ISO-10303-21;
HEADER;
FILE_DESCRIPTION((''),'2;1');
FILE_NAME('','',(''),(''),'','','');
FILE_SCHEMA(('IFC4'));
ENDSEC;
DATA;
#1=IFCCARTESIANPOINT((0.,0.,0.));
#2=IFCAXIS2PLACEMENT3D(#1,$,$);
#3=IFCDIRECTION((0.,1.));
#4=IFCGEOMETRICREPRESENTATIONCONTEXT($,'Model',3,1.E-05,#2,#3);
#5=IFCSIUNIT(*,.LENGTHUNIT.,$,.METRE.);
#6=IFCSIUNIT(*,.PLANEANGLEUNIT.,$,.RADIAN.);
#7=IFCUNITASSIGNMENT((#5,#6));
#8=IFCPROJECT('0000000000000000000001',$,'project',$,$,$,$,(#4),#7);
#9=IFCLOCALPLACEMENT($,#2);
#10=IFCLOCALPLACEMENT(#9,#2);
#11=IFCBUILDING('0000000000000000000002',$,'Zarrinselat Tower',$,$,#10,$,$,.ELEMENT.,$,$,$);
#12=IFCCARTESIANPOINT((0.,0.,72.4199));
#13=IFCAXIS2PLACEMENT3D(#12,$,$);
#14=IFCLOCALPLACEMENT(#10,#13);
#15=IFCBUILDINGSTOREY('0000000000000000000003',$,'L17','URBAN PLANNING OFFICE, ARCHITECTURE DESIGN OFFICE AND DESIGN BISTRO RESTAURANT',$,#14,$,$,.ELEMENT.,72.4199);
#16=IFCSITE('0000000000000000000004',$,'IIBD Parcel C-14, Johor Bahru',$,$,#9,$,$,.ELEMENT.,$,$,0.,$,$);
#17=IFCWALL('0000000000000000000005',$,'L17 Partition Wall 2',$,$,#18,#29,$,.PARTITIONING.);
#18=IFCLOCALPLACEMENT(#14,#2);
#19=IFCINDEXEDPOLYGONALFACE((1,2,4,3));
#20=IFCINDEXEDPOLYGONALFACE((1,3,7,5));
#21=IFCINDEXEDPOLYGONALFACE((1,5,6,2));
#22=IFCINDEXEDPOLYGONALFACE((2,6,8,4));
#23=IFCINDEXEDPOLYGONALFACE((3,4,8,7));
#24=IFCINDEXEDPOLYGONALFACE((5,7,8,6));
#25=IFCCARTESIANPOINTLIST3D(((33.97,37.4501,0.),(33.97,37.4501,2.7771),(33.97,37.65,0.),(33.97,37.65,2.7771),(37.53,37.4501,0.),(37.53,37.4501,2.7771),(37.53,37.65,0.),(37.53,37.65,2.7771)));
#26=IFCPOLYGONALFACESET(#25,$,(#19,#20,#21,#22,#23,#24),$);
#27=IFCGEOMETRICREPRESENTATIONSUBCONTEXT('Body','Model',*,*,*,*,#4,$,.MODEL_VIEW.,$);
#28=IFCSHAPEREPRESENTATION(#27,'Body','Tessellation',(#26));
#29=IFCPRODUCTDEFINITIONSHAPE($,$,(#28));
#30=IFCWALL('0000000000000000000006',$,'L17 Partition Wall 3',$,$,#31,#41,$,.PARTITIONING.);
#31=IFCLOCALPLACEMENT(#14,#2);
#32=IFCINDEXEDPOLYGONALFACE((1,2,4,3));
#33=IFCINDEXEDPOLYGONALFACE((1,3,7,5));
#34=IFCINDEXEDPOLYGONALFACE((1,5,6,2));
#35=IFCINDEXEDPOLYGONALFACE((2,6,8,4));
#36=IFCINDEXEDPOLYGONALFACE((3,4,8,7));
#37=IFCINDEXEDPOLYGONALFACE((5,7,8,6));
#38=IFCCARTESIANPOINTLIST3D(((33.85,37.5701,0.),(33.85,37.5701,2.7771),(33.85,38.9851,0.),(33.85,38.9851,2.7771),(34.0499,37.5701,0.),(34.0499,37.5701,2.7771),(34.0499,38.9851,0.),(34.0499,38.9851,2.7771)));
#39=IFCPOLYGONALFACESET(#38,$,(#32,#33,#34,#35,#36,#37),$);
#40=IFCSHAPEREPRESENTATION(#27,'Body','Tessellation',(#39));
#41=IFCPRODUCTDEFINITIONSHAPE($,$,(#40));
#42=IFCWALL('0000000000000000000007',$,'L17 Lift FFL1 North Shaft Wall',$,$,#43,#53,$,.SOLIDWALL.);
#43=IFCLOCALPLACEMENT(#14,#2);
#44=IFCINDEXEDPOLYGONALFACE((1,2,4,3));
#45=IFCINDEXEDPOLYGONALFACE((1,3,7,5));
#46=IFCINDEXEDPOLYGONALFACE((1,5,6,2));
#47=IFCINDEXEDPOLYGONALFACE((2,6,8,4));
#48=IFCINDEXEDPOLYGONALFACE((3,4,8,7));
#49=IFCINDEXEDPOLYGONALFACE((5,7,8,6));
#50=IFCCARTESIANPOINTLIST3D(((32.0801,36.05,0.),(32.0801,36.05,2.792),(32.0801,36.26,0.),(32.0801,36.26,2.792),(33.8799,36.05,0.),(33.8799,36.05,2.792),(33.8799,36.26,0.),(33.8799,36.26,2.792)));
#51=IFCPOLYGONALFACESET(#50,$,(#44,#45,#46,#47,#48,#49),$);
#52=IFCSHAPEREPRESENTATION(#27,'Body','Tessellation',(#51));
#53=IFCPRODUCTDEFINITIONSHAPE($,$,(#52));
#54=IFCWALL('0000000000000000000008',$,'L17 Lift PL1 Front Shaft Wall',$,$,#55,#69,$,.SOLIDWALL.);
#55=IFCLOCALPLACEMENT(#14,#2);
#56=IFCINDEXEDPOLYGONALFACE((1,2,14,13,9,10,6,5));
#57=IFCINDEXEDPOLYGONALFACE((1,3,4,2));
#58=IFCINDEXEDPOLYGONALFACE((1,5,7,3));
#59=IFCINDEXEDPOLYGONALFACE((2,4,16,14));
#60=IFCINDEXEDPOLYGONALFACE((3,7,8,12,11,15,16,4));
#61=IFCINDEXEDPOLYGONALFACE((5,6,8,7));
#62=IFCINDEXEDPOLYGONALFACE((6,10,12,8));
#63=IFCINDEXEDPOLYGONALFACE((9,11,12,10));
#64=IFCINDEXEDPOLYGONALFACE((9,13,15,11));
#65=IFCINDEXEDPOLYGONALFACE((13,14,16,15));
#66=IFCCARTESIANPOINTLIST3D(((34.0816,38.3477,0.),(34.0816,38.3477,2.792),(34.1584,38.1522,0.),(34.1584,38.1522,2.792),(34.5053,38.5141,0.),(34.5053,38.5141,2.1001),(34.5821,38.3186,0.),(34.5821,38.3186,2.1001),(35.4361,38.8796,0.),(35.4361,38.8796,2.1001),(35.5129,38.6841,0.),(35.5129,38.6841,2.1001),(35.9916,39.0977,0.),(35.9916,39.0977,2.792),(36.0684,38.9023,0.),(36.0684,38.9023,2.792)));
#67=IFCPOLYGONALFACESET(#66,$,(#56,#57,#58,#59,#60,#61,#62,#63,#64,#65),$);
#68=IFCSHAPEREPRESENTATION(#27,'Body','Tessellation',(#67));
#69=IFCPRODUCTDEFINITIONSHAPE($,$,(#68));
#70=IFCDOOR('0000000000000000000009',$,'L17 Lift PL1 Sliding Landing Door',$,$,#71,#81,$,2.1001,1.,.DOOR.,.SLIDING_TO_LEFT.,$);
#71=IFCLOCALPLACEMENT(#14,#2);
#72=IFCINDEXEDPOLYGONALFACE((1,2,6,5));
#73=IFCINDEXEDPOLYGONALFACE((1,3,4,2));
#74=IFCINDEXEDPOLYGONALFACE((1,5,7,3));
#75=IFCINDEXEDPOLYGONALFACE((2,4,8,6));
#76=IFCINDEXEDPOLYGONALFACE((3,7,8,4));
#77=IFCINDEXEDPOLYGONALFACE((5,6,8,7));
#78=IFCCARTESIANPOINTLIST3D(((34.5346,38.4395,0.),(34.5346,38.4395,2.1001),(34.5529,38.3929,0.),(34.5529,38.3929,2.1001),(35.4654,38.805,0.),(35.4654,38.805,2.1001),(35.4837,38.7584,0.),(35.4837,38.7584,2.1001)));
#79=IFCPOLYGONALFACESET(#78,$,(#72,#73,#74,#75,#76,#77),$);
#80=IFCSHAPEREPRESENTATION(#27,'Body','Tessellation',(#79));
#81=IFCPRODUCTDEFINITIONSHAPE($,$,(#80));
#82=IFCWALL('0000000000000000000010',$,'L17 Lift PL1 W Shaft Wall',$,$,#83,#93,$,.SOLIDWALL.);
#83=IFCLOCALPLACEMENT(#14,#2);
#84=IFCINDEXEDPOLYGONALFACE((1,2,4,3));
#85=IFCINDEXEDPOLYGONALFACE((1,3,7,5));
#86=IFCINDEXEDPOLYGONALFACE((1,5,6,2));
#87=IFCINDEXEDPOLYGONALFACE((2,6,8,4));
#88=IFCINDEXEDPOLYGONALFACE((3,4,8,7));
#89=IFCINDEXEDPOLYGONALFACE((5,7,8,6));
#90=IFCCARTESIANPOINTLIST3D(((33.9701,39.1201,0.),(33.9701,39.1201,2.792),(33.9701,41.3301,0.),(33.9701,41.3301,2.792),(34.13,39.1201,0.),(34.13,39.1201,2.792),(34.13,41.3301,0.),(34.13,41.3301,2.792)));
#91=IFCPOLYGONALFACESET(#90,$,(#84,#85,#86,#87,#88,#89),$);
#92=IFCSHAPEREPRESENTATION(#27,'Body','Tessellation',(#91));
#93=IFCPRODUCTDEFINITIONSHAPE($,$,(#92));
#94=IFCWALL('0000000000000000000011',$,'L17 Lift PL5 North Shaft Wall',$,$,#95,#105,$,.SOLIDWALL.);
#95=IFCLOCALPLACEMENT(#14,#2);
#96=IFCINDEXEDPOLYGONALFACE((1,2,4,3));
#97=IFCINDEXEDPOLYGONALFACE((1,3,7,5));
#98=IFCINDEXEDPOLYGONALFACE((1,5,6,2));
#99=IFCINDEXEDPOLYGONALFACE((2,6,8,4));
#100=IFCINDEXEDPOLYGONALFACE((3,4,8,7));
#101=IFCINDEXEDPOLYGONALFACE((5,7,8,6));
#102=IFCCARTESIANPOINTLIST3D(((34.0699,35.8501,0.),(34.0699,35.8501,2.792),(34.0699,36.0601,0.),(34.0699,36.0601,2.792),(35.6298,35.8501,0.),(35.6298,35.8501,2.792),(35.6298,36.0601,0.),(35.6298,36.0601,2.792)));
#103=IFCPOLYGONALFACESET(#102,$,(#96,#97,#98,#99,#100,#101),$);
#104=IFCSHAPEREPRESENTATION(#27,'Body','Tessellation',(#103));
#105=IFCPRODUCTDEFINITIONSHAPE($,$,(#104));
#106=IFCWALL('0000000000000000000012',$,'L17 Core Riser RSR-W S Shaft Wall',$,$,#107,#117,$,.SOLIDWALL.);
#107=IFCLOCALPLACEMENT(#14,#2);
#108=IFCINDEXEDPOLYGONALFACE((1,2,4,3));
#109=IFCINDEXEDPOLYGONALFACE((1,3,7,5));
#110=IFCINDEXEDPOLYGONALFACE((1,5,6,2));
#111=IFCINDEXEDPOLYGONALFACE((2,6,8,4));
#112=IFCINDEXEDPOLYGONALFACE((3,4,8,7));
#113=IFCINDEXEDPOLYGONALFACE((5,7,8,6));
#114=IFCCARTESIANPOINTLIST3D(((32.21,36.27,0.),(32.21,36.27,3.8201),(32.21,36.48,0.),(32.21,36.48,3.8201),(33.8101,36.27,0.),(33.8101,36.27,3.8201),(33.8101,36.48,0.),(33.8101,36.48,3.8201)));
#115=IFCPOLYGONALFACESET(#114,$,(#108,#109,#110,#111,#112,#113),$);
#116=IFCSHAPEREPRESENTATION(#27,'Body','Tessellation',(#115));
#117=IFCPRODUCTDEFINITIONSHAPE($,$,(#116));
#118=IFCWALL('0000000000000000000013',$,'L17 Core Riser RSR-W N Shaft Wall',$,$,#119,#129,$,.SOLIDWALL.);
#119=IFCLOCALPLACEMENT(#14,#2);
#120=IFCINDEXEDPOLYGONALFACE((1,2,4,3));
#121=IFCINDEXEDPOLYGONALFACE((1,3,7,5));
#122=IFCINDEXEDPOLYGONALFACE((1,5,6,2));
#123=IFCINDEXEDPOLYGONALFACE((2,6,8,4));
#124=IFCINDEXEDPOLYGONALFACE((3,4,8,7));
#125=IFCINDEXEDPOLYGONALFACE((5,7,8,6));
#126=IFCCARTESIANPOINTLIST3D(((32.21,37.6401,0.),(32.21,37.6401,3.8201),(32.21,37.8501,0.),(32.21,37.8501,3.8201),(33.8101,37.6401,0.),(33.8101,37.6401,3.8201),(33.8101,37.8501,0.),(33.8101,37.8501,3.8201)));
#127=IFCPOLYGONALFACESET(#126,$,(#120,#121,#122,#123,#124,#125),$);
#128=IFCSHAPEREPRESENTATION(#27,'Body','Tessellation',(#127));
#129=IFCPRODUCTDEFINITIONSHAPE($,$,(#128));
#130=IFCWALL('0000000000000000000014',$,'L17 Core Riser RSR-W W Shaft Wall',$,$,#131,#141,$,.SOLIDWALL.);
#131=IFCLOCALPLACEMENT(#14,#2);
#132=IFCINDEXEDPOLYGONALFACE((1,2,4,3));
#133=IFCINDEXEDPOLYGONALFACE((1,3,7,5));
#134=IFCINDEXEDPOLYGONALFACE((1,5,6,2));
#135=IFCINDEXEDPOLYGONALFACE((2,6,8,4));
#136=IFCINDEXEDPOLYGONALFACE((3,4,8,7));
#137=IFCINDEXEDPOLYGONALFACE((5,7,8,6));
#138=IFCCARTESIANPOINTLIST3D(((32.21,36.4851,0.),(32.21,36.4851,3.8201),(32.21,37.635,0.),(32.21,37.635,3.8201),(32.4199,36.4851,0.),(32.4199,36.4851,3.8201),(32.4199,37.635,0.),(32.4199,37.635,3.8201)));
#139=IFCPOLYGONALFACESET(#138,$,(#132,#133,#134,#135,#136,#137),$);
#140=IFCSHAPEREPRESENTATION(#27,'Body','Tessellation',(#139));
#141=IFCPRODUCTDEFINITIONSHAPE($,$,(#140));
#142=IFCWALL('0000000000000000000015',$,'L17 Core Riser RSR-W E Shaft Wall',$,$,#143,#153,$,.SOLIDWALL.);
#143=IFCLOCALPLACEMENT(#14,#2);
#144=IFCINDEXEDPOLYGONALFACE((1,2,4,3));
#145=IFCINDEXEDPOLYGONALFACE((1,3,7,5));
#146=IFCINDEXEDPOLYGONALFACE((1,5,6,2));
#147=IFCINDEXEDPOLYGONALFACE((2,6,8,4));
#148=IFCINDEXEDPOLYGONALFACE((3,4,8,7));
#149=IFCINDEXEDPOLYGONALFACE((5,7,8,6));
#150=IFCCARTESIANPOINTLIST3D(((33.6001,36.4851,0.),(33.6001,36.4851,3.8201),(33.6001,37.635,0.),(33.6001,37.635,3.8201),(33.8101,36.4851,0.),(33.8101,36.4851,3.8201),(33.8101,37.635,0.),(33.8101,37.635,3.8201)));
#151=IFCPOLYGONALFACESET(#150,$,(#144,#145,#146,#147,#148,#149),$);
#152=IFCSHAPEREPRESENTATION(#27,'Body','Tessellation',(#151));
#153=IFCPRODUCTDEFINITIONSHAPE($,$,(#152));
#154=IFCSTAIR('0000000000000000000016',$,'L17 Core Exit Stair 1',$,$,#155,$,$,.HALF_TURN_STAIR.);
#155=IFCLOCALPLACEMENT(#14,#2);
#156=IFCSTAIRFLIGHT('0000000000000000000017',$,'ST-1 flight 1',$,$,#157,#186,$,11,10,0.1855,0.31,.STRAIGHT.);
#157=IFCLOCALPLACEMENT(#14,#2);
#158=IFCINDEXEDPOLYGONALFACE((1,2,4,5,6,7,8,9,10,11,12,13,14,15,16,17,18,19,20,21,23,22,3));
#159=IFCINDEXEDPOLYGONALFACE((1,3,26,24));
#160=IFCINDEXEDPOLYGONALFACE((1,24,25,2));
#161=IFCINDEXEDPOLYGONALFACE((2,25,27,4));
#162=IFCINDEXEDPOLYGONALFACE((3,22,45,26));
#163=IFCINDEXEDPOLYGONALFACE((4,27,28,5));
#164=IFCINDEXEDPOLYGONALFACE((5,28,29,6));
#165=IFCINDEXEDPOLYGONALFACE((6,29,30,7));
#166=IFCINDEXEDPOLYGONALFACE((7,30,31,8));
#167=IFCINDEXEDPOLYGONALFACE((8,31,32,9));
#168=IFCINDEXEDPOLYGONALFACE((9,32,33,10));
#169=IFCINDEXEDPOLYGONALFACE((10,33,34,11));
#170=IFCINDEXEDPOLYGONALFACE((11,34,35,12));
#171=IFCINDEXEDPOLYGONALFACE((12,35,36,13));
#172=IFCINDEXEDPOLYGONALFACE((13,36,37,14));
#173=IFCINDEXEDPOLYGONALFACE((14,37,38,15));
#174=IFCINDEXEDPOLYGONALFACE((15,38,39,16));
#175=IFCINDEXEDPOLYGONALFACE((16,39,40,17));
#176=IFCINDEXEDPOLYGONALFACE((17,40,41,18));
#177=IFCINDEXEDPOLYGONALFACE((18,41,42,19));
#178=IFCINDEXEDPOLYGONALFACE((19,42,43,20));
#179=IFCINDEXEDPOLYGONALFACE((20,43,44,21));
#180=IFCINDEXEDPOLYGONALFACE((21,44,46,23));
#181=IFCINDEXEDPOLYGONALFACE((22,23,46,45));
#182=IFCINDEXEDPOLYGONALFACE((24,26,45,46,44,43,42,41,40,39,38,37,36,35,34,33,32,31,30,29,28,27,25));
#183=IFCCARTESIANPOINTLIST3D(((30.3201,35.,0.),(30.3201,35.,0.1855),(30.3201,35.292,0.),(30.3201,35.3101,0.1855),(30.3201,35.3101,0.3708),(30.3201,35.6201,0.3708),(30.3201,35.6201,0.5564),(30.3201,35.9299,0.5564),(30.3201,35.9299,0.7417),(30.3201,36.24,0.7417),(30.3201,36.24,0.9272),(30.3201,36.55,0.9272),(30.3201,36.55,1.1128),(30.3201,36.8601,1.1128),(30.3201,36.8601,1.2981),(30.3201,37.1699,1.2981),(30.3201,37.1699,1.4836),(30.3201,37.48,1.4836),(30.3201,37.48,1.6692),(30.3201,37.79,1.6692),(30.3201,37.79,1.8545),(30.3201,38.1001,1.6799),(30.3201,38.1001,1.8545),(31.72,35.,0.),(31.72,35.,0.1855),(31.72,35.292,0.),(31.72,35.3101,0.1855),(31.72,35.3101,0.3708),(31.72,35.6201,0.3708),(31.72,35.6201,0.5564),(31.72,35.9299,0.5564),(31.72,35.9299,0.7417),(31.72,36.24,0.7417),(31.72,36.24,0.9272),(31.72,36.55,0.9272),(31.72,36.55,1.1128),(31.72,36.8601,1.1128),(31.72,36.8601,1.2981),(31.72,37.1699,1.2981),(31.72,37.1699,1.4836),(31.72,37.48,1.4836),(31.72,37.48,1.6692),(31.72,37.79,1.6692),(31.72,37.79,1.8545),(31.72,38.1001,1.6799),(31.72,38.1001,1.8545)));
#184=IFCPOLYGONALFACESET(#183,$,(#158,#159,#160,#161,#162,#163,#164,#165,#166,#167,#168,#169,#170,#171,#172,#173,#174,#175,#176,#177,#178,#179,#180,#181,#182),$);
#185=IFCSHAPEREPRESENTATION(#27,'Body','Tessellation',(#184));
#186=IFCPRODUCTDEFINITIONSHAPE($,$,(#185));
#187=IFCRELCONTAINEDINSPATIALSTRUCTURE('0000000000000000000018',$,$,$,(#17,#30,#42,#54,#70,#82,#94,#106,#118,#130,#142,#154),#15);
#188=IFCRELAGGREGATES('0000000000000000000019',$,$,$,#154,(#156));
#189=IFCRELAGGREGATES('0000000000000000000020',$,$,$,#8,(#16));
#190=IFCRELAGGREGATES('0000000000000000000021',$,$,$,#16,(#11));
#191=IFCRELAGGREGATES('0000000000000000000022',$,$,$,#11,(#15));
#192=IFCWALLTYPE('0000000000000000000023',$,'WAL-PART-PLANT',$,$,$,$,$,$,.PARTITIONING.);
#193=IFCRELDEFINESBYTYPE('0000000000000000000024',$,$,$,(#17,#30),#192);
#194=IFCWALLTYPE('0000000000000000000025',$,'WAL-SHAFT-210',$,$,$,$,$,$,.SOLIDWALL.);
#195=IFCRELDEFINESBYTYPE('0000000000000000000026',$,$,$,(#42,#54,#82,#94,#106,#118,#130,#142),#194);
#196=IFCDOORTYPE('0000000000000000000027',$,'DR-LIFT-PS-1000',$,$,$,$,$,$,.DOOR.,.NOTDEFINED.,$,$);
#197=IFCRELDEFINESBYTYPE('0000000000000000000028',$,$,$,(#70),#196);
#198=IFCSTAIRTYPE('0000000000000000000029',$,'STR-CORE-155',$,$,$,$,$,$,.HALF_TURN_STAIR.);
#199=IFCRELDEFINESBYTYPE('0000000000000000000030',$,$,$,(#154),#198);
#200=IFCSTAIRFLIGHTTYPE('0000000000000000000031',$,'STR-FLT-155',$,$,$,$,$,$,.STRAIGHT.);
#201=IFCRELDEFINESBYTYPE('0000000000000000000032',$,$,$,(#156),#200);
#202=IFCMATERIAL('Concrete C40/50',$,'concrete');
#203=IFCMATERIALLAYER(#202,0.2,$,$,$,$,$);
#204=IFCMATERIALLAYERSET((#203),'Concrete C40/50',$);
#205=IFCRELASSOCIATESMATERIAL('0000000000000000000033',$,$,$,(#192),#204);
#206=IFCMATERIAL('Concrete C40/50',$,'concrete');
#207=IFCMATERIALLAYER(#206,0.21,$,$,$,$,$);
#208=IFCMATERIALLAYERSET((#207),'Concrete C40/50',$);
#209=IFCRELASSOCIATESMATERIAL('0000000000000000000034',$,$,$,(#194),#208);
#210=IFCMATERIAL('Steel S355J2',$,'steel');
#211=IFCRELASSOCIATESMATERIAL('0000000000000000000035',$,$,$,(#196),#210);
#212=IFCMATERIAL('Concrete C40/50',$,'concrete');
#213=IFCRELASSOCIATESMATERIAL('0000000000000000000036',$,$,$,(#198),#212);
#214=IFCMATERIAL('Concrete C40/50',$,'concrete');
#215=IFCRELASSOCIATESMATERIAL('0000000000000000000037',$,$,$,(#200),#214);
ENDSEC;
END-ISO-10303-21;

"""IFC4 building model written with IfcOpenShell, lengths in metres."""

from ifc_helpers import new_model, si_unit, direction, frame, frame_2d, origin, place, context, subcontext, project, spatial, polyline, rectangle, outline, extrude, material, layer, layer_set, type_object, element, fill, aggregate, save


model = new_model("IFC4")

# Units and contexts
model_context = context("Model", 3, precision=1e-05, world=origin(), true_north=direction((0.0, 1.0)))
body_context = subcontext(model_context, "Body", "Model", "MODEL_VIEW")
ifc_project = project(units=[si_unit("LENGTHUNIT", "METRE"), si_unit("PLANEANGLEUNIT", "RADIAN")], contexts=[model_context])

# Site, building, storey
site_placement = place(None, origin())
site = spatial("IfcSite", under=ifc_project, at=site_placement, Name="IIBD Parcel C-14, Johor Bahru", CompositionType="ELEMENT", RefElevation=0.0)
building_placement = place(site_placement, origin())
building = spatial("IfcBuilding", under=site, at=building_placement, Name="Zarrinselat Tower", CompositionType="ELEMENT")
storey_placement = place(building_placement, frame((0.0, 0.0, 72.4199)))
storey = spatial("IfcBuildingStorey", under=building, at=storey_placement, Name="L17", Description="URBAN PLANNING OFFICE, ARCHITECTURE DESIGN OFFICE AND DESIGN BISTRO RESTAURANT", CompositionType="ELEMENT", Elevation=72.4199)

# Walls
ifc_material_1 = material(Name="Concrete C40/50", Category="concrete")
ifc_layer_1 = layer(ifc_material_1, 0.2)
ifc_layer_set_1 = layer_set([ifc_layer_1], Name="Concrete C40/50")
wall_type_1 = type_object("IfcWallType", Name="WAL-PART-PLANT", PredefinedType="PARTITIONING", material=ifc_layer_set_1)
wall_1_placement = place(storey_placement, frame((33.97, 37.55, 0.0), z_axis=(0.0, 0.0, 1.0), x_axis=(1.0, 0.0, 0.0)))
element("IfcWall", 1, at=wall_1_placement, inside=storey, type_object=wall_type_1, Name="L17 Partition Wall 2", PredefinedType="PARTITIONING", context=body_context, shape_type="SweptSolid", body=[
    extrude(rectangle(XDim=3.5601, YDim=0.2, at=frame_2d((1.78, 0.0))), origin(), (0.0, 0.0, 1.0), 2.7771),
])
wall_2_placement = place(storey_placement, frame((33.95, 37.5701, 0.0), z_axis=(0.0, 0.0, 1.0), x_axis=(0.0, 1.0, 0.0)))
element("IfcWall", 2, at=wall_2_placement, inside=storey, type_object=wall_type_1, Name="L17 Partition Wall 3", PredefinedType="PARTITIONING", context=body_context, shape_type="SweptSolid", body=[
    extrude(rectangle(XDim=1.415, YDim=0.2, at=frame_2d((0.7075, 0.0))), origin(), (0.0, 0.0, 1.0), 2.7771),
])
ifc_material_2 = material(Name="Concrete C40/50", Category="concrete")
ifc_layer_2 = layer(ifc_material_2, 0.21)
ifc_layer_set_2 = layer_set([ifc_layer_2], Name="Concrete C40/50")
wall_type_2 = type_object("IfcWallType", Name="WAL-SHAFT-210", PredefinedType="SOLIDWALL", material=ifc_layer_set_2)
wall_3_placement = place(storey_placement, frame((32.0801, 36.155, 0.0), z_axis=(0.0, 0.0, 1.0), x_axis=(1.0, 0.0, 0.0)))
element("IfcWall", 3, at=wall_3_placement, inside=storey, type_object=wall_type_2, Name="L17 Lift FFL1 North Shaft Wall", PredefinedType="SOLIDWALL", context=body_context, shape_type="SweptSolid", body=[
    extrude(rectangle(XDim=1.7998, YDim=0.21, at=frame_2d((0.8999, 0.0))), origin(), (0.0, 0.0, 1.0), 2.792),
])

# Wall, opening, door
wall_4_placement = place(storey_placement, frame((34.1201, 38.25, 0.0), z_axis=(0.0, 0.0, 1.0), x_axis=(0.930805, 0.365516, 0.0)))
wall_4 = element("IfcWall", 4, at=wall_4_placement, inside=storey, type_object=wall_type_2, Name="L17 Lift PL1 Front Shaft Wall", PredefinedType="SOLIDWALL", context=body_context, shape_type="SweptSolid", body=[
    extrude(rectangle(XDim=2.052, YDim=0.21, at=frame_2d((1.0259, 0.0))), origin(), (0.0, 0.0, 1.0), 2.792),
])
opening_placement = place(wall_4_placement, frame((0.4551, 0.0, 0.0)))
opening = element("IfcOpeningElement", 5, at=opening_placement, cuts=wall_4, PredefinedType="OPENING", context=body_context, shape_type="SweptSolid", body=[
    extrude(rectangle(XDim=1.0, YDim=2.1001, at=frame_2d((0.5, 1.05))), frame((0.0, 0.115, 0.0), z_axis=(0.0, -1.0, 0.0), x_axis=(1.0, 0.0, 0.0)), (0.0, 0.0, 1.0), 0.23),
])
ifc_material_3 = material(Name="Steel S355J2", Category="steel")
door_type = type_object("IfcDoorType", Name="DR-LIFT-PS-1000", OperationType="NOTDEFINED", PredefinedType="DOOR", material=ifc_material_3)
door_placement = place(opening_placement, origin())
door = element("IfcDoor", 6, at=door_placement, inside=storey, type_object=door_type, Name="L17 Lift PL1 Sliding Landing Door", OperationType="SLIDING_TO_LEFT", OverallHeight=2.1001, OverallWidth=1.0, PredefinedType="DOOR", context=body_context, shape_type="SweptSolid", body=[
    extrude(rectangle(XDim=1.0, YDim=2.1001, at=frame_2d((0.5, 1.05))), frame((0.0, 0.0249, 0.0), z_axis=(0.0, -1.0, 0.0), x_axis=(1.0, 0.0, 0.0)), (0.0, 0.0, 1.0), 0.05),
])
fill(opening, door)

# Walls
wall_5_placement = place(storey_placement, frame((34.05, 39.1201, 0.0), z_axis=(0.0, 0.0, 1.0), x_axis=(0.0, 1.0, 0.0)))
element("IfcWall", 7, at=wall_5_placement, inside=storey, type_object=wall_type_2, Name="L17 Lift PL1 W Shaft Wall", PredefinedType="SOLIDWALL", context=body_context, shape_type="SweptSolid", body=[
    extrude(rectangle(XDim=2.21, YDim=0.1599, at=frame_2d((1.105, 0.0))), origin(), (0.0, 0.0, 1.0), 2.792),
])
wall_6_placement = place(storey_placement, frame((34.0701, 35.9551, 0.0), z_axis=(0.0, 0.0, 1.0), x_axis=(1.0, 0.0, 0.0)))
element("IfcWall", 8, at=wall_6_placement, inside=storey, type_object=wall_type_2, Name="L17 Lift PL5 North Shaft Wall", PredefinedType="SOLIDWALL", context=body_context, shape_type="SweptSolid", body=[
    extrude(rectangle(XDim=1.5598, YDim=0.21, at=frame_2d((0.7798, 0.0))), origin(), (0.0, 0.0, 1.0), 2.792),
])
for number, where, z_axis, x_axis, name in (
    (9, (32.21, 36.375, 0.0), (0.0, 0.0, 1.0), (1.0, 0.0, 0.0), "L17 Core Riser RSR-W S Shaft Wall"),
    (10, (32.21, 37.7451, 0.0), (0.0, 0.0, 1.0), (1.0, 0.0, 0.0), "L17 Core Riser RSR-W N Shaft Wall"),
):
    element("IfcWall", number, at=place(storey_placement, frame(where, z_axis=z_axis, x_axis=x_axis)), inside=storey, type_object=wall_type_2, Name=name, PredefinedType="SOLIDWALL", context=body_context, shape_type="SweptSolid", body=[
        extrude(rectangle(XDim=1.6001, YDim=0.21, at=frame_2d((0.8, 0.0))), origin(), (0.0, 0.0, 1.0), 3.8201),
    ])
for number, where, z_axis, x_axis, name in (
    (11, (32.3149, 36.4851, 0.0), (0.0, 0.0, 1.0), (0.0, 1.0, 0.0), "L17 Core Riser RSR-W W Shaft Wall"),
    (12, (33.7051, 36.4851, 0.0), (0.0, 0.0, 1.0), (0.0, 1.0, 0.0), "L17 Core Riser RSR-W E Shaft Wall"),
):
    element("IfcWall", number, at=place(storey_placement, frame(where, z_axis=z_axis, x_axis=x_axis)), inside=storey, type_object=wall_type_2, Name=name, PredefinedType="SOLIDWALL", context=body_context, shape_type="SweptSolid", body=[
        extrude(rectangle(XDim=1.1499, YDim=0.21, at=frame_2d((0.575, 0.0))), origin(), (0.0, 0.0, 1.0), 3.8201),
    ])

# Stair, stair flight
ifc_material_4 = material(Name="Concrete C40/50", Category="concrete")
stair_type = type_object("IfcStairType", Name="STR-CORE-155", PredefinedType="HALF_TURN_STAIR", material=ifc_material_4)
stair_placement = place(storey_placement, origin())
stair = element("IfcStair", 13, at=stair_placement, inside=storey, type_object=stair_type, Name="L17 Core Exit Stair 1", PredefinedType="HALF_TURN_STAIR")
ifc_material_5 = material(Name="Concrete C40/50", Category="concrete")
stair_flight_type = type_object("IfcStairFlightType", Name="STR-FLT-155", PredefinedType="STRAIGHT", material=ifc_material_5)
stair_flight_1_placement = place(storey_placement, frame((31.02, 35.0, 0.0), z_axis=(0.0, 0.0, 1.0), x_axis=(0.0, 1.0, 0.0)))
stair_flight_1 = element("IfcStairFlight", 14, at=stair_flight_1_placement, type_object=stair_flight_type, Name="ST-1 flight 1", NumberOfRisers=11, NumberOfTreads=10, PredefinedType="STRAIGHT", RiserHeight=0.1855, TreadLength=0.31, context=body_context, shape_type="SweptSolid", body=[
    extrude(outline(polyline([(0.0, 0.0), (0.0, 0.1855), (0.3101, 0.1855), (0.3101, 0.3708), (0.6201, 0.3708), (0.6201, 0.5564), (0.9299, 0.5564), (0.9299, 0.7417), (1.24, 0.7417), (1.24, 0.9272), (1.55, 0.9272), (1.55, 1.1128), (1.8601, 1.1128), (1.8601, 1.2981), (2.1699, 1.2981), (2.1699, 1.4836), (2.48, 1.4836), (2.48, 1.6692), (2.79, 1.6692), (2.79, 1.8545), (3.1001, 1.8545), (3.1001, 2.04), (3.1001, 1.6799), (0.292, 0.0), (0.0, 0.0)])), frame((0.0, 0.7, 0.0), z_axis=(0.0, -1.0, 0.0), x_axis=(1.0, 0.0, 0.0)), (0.0, 0.0, 1.0), 1.3999),
])
aggregate(stair, [stair_flight_1])

save(model, "model.ifc")
